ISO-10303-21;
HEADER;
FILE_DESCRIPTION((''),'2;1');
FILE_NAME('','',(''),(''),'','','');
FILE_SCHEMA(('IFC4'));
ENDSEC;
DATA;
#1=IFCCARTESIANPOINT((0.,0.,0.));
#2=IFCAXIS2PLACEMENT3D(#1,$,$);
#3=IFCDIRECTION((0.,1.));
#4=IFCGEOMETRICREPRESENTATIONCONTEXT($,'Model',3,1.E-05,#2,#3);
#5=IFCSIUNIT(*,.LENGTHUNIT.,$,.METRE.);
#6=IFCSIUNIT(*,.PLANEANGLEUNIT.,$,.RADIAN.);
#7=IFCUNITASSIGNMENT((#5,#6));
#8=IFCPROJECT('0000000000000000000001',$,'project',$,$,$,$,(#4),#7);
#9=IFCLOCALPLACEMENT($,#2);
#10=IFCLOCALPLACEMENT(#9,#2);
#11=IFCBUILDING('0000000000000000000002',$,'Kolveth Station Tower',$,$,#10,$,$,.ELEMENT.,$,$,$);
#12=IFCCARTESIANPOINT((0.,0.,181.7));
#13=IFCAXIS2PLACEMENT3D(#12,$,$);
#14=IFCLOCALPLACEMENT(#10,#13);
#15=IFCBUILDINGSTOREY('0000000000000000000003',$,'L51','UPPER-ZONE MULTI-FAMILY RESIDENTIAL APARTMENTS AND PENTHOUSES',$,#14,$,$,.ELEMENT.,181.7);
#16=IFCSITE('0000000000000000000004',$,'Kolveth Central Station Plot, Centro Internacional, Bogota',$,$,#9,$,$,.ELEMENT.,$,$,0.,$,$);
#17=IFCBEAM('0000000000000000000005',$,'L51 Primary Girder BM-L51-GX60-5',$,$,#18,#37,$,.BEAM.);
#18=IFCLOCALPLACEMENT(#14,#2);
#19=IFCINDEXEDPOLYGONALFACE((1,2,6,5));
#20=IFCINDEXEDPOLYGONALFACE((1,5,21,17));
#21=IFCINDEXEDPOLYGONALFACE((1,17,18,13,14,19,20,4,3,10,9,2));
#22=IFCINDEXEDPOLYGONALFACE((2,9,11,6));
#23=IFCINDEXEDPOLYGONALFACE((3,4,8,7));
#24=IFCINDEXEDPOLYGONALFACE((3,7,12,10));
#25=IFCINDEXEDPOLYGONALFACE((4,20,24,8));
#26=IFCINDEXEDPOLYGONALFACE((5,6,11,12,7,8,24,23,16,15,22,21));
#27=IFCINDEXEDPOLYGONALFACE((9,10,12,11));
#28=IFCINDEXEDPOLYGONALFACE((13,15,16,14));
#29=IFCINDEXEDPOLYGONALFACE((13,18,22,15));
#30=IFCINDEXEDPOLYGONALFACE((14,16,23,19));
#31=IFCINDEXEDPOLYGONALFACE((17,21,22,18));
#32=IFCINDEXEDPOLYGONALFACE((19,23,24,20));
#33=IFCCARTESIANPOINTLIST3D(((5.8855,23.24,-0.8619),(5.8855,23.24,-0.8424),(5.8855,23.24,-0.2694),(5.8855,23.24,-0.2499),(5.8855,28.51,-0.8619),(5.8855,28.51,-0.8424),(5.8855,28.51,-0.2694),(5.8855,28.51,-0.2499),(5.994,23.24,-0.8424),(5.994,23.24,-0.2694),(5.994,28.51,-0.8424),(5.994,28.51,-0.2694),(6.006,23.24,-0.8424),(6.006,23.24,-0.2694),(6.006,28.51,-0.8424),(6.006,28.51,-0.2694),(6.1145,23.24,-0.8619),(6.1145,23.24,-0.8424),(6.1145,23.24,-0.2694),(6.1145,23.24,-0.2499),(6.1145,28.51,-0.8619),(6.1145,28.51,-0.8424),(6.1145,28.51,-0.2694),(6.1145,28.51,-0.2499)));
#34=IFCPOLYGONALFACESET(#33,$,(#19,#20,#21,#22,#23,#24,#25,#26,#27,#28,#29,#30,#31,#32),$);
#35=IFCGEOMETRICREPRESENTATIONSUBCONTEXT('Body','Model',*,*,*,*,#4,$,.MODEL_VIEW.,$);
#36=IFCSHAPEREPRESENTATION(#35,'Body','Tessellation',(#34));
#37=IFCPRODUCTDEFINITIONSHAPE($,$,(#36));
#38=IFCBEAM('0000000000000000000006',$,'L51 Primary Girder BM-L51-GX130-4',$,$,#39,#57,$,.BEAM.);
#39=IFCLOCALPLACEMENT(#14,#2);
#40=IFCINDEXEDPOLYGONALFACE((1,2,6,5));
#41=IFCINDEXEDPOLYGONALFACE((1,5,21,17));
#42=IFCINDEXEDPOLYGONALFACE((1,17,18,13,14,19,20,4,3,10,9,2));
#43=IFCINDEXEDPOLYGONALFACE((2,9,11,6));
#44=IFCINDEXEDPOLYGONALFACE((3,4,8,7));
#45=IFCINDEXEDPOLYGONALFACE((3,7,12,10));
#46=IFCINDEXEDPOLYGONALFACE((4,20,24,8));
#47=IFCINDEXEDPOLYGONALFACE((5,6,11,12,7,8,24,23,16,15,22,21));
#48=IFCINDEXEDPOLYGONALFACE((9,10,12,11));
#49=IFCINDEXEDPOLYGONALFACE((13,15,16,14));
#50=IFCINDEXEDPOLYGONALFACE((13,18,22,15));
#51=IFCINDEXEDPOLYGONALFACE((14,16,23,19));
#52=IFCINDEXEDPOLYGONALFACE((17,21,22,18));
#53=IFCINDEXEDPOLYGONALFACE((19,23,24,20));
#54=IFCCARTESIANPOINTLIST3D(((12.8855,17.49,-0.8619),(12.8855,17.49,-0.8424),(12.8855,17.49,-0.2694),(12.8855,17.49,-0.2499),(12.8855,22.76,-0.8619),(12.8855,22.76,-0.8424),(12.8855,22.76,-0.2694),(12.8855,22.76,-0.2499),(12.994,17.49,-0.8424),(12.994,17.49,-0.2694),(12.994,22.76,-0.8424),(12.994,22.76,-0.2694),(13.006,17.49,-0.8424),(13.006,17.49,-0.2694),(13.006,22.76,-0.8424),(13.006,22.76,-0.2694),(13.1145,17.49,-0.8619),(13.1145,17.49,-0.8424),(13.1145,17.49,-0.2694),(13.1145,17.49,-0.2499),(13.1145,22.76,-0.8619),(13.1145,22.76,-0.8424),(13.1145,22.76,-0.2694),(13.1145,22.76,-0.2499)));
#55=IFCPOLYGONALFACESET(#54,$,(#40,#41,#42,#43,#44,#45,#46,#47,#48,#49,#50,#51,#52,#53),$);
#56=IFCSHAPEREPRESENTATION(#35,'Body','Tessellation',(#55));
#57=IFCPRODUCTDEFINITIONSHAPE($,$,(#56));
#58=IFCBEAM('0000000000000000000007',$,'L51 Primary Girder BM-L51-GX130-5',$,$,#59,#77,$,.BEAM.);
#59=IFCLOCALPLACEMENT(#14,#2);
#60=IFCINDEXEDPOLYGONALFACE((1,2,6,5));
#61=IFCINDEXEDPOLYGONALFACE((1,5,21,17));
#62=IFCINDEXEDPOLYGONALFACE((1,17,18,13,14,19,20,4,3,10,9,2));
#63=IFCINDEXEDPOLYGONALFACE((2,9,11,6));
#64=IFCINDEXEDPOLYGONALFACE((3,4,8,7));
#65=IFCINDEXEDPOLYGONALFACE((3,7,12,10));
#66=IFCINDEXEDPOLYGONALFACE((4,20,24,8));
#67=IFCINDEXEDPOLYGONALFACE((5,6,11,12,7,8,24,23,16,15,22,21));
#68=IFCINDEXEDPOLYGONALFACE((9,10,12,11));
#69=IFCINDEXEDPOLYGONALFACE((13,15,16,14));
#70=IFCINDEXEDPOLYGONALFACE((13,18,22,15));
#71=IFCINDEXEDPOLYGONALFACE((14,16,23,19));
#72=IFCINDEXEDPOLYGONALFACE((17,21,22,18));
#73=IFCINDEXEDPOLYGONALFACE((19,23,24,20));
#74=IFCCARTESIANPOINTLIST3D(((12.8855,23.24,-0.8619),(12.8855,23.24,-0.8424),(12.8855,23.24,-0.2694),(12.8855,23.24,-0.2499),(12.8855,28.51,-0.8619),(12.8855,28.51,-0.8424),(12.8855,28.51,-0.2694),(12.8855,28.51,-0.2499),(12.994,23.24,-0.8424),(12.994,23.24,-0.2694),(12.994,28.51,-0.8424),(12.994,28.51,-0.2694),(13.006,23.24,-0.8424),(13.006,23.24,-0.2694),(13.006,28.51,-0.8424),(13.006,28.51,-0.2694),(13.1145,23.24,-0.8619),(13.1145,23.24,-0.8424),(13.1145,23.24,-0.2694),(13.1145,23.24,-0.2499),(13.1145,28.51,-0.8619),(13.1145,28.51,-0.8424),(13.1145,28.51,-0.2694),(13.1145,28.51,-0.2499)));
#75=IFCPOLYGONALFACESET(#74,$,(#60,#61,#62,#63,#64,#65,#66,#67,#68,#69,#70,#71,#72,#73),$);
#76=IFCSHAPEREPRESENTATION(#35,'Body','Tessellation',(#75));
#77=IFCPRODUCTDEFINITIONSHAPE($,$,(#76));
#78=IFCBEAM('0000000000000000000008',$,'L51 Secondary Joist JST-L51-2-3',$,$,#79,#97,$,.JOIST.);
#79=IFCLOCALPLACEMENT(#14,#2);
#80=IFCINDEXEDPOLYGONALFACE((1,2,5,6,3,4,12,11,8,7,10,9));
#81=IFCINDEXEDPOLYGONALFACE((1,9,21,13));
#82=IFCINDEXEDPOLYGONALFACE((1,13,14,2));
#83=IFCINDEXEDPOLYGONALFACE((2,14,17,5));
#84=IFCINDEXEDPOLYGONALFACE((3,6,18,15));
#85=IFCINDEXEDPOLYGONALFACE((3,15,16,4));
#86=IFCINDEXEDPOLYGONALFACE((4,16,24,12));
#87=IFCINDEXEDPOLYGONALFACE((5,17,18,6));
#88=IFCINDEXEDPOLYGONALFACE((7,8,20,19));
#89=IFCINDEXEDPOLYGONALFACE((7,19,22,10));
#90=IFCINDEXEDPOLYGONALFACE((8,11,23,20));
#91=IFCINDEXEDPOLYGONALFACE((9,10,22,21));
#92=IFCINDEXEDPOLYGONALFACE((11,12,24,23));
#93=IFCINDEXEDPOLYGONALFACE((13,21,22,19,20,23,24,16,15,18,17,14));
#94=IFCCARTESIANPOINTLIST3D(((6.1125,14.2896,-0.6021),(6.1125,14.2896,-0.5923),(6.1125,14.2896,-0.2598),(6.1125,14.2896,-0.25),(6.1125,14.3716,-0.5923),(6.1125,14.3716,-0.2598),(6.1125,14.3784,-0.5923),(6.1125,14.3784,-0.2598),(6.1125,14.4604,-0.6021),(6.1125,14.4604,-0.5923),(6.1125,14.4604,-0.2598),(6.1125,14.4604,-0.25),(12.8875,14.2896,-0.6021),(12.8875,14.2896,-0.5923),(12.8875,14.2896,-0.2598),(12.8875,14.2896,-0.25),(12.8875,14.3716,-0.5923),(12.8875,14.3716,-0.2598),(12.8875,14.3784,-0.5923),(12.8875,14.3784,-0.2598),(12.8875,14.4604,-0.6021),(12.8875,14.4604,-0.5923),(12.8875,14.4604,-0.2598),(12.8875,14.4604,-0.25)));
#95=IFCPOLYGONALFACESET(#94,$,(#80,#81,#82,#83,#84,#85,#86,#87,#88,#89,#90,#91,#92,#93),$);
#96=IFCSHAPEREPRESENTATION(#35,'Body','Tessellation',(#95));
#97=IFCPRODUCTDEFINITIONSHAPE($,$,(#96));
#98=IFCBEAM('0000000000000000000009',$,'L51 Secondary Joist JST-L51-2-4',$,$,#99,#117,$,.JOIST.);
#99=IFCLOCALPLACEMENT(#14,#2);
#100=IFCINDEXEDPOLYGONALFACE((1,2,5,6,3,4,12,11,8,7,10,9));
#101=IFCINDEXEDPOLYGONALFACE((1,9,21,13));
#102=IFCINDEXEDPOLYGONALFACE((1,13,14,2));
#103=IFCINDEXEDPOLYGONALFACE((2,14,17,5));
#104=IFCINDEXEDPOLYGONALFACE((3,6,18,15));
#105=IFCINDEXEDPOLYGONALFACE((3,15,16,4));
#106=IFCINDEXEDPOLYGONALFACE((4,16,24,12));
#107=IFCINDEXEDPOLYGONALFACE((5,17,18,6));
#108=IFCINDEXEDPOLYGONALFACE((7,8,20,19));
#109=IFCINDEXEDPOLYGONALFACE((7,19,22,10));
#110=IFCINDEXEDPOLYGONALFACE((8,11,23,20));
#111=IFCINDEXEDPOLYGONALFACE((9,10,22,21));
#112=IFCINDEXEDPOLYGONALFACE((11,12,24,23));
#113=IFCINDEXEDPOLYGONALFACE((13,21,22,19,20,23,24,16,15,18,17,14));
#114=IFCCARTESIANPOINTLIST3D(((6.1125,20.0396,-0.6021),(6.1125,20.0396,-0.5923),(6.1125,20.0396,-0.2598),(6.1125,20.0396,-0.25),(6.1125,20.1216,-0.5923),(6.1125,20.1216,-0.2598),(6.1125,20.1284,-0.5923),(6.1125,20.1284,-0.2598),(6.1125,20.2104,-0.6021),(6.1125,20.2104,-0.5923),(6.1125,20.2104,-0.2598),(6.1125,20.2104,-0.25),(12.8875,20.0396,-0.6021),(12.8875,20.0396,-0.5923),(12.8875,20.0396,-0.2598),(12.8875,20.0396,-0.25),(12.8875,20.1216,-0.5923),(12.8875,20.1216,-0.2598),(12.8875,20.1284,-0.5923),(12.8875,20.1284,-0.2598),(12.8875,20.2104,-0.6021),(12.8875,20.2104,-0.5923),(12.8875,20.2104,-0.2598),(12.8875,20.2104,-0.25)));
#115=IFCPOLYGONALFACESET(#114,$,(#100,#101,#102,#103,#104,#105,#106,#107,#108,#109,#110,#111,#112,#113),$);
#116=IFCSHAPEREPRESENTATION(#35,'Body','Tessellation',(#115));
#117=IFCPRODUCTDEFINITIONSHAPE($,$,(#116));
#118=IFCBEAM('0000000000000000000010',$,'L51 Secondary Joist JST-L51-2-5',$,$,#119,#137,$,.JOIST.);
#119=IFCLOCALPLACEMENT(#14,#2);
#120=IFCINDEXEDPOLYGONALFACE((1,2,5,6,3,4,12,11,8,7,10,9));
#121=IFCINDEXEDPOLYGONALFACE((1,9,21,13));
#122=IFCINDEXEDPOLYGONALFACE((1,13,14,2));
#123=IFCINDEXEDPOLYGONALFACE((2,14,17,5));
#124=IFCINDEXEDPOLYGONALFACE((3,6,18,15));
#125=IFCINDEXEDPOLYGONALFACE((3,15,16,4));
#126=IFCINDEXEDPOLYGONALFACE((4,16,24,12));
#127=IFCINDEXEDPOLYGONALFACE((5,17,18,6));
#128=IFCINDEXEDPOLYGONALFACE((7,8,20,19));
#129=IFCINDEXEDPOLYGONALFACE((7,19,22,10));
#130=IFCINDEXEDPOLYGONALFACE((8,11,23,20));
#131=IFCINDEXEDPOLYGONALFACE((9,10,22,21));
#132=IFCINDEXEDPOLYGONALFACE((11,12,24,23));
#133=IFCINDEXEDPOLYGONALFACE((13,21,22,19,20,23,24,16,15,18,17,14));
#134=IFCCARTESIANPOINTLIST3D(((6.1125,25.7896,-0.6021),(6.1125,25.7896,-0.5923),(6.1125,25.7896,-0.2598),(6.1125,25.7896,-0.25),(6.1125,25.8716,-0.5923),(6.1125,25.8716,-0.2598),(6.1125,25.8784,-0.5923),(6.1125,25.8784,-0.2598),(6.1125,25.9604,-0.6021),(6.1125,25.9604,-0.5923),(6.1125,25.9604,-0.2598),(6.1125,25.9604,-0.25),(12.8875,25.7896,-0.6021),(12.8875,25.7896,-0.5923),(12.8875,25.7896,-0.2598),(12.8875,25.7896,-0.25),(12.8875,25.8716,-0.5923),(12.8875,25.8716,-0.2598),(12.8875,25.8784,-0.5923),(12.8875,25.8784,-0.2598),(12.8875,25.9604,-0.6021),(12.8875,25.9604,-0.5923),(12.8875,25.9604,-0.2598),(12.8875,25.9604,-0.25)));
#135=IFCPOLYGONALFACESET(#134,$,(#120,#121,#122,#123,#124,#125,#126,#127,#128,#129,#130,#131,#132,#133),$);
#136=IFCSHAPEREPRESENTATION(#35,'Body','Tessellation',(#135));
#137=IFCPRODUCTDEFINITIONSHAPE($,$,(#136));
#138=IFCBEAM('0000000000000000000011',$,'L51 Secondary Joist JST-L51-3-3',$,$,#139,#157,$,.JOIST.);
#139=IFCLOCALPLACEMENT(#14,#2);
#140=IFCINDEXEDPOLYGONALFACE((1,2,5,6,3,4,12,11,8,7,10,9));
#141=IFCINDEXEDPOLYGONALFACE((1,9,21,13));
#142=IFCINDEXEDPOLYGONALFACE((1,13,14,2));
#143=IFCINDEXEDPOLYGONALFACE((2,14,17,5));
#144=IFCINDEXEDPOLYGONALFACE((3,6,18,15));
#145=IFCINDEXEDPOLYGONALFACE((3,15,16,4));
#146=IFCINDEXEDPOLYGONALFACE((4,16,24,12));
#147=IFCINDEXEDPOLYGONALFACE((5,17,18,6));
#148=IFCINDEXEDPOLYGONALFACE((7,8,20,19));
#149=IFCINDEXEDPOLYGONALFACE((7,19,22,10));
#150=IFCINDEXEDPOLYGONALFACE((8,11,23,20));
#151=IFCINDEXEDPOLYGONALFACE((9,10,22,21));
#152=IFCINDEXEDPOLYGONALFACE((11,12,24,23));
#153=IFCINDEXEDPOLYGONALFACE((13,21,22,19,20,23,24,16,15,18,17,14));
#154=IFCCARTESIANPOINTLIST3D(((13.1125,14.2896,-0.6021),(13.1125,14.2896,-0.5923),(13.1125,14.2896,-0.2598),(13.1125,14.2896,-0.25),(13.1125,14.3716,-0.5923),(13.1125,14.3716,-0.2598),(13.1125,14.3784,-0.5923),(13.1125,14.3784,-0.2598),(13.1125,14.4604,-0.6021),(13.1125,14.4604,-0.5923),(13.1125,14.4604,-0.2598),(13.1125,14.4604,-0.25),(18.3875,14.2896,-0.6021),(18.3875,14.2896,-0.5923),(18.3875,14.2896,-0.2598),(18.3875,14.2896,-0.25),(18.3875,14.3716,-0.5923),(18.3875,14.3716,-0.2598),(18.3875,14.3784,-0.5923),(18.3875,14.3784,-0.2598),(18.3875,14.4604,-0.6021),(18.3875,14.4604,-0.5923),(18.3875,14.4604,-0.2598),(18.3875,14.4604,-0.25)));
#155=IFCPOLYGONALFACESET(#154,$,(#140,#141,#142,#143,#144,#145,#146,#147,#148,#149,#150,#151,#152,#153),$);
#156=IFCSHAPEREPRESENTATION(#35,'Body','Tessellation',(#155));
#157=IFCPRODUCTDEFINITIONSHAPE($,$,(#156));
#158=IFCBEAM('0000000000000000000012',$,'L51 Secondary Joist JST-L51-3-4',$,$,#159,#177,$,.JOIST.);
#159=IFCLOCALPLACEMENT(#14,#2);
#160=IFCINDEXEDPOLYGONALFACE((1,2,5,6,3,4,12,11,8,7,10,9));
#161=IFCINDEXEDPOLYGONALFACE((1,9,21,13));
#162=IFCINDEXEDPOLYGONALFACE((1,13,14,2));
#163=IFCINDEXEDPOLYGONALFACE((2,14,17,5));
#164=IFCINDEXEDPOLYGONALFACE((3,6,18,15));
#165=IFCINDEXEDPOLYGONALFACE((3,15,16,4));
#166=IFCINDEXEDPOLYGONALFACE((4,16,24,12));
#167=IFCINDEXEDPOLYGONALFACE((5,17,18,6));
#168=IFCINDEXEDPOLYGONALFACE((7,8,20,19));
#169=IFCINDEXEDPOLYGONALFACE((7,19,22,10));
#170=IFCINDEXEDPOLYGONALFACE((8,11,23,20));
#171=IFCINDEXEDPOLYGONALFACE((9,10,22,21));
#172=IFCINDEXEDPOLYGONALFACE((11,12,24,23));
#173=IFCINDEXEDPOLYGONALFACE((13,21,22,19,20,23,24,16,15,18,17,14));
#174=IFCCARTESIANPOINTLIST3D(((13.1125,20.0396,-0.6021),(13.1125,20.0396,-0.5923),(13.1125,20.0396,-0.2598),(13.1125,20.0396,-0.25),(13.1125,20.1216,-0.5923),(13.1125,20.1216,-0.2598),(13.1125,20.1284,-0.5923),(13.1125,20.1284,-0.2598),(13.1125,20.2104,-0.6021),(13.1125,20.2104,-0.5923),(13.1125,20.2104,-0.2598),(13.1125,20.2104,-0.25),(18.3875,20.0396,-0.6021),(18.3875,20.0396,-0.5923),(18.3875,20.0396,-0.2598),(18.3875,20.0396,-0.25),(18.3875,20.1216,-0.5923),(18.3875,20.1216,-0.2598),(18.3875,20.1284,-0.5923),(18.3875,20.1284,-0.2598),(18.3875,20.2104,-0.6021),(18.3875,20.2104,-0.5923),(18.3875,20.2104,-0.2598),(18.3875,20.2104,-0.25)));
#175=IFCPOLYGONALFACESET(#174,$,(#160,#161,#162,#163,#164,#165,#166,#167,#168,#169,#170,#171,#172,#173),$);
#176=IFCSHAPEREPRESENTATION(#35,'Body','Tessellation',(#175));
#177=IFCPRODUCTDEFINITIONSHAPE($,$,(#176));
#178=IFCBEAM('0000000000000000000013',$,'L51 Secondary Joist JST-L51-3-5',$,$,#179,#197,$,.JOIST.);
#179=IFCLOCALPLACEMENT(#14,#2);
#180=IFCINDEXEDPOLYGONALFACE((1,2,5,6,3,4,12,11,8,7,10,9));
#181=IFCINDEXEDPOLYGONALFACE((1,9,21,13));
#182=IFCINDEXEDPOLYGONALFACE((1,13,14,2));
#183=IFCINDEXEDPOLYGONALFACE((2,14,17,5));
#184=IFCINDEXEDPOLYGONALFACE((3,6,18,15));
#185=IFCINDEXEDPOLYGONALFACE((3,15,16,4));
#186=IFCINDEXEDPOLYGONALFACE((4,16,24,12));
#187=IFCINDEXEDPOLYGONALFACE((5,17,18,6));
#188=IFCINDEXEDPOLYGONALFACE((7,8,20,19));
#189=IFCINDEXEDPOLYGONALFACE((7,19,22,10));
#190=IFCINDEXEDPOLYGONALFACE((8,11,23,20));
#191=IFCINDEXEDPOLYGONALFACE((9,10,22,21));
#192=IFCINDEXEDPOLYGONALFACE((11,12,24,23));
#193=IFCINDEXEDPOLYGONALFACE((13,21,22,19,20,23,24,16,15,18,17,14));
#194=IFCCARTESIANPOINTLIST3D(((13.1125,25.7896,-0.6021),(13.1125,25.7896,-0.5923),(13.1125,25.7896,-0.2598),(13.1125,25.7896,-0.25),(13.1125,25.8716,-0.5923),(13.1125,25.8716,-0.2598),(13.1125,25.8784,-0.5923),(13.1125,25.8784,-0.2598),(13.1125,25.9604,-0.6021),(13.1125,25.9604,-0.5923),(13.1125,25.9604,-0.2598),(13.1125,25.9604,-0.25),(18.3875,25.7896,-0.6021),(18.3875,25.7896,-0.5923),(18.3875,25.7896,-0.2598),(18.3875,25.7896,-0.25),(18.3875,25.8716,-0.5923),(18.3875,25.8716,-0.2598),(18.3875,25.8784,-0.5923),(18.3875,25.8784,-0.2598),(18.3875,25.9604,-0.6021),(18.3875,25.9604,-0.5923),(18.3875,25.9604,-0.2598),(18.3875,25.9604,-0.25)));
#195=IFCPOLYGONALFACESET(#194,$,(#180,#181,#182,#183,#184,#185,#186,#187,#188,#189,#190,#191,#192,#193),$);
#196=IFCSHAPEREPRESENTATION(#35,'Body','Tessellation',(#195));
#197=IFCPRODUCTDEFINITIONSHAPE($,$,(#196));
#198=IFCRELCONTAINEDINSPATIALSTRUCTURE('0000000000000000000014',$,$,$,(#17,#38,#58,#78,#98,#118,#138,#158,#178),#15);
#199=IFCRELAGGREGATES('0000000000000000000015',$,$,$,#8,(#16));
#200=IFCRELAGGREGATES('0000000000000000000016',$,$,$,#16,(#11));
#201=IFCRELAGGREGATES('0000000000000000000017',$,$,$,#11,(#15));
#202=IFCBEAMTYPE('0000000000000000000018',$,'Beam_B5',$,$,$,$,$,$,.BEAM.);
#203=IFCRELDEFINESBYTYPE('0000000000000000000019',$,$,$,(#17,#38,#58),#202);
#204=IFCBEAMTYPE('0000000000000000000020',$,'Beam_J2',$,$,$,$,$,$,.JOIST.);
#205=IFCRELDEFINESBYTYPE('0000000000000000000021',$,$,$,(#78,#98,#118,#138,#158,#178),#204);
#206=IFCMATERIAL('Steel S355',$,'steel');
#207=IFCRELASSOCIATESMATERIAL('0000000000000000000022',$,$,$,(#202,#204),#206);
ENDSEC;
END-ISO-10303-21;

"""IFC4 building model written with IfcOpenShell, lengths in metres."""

from ifc_helpers import new_model, si_unit, direction, frame, origin, origin_2d, place, context, subcontext, project, spatial, i_section, extrude, source, transform, mapped, material, material_profile, profile_set, type_object, element, save


model = new_model("IFC4")

# Units and contexts
model_context = context("Model", 3, precision=1e-05, world=origin(), true_north=direction((0.0, 1.0)))
body_context = subcontext(model_context, "Body", "Model", "MODEL_VIEW")
ifc_project = project(units=[si_unit("LENGTHUNIT", "METRE"), si_unit("PLANEANGLEUNIT", "RADIAN")], contexts=[model_context])

# Site, building, storey
site_placement = place(None, origin())
site = spatial("IfcSite", under=ifc_project, at=site_placement, Name="Kolveth Central Station Plot, Centro Internacional, Bogota", CompositionType="ELEMENT", RefElevation=0.0)
building_placement = place(site_placement, origin())
building = spatial("IfcBuilding", under=site, at=building_placement, Name="Kolveth Station Tower", CompositionType="ELEMENT")
storey_placement = place(building_placement, frame((0.0, 0.0, 181.7)))
storey = spatial("IfcBuildingStorey", under=building, at=storey_placement, Name="L51", Description="UPPER-ZONE MULTI-FAMILY RESIDENTIAL APARTMENTS AND PENTHOUSES", CompositionType="ELEMENT", Elevation=181.7)

# Shared definitions
ifc_material_1 = material(Name="Steel S355", Category="steel")

# Beams
ifc_material_profile_1 = material_profile(ifc_material_1, i_section(OverallWidth=0.229, OverallDepth=0.6121, WebThickness=0.012, FlangeThickness=0.0195, at=origin_2d()), Name="W610x125")
ifc_profile_set_1 = profile_set([ifc_material_profile_1], Name="Steel S355")
beam_type_1 = type_object("IfcBeamType", Name="Beam_B5", PredefinedType="BEAM", material=ifc_profile_set_1)
shared_shape_1 = source(origin(), body_context, "Body", "SweptSolid", [
    extrude(i_section(OverallWidth=0.229, OverallDepth=0.6121, WebThickness=0.012, FlangeThickness=0.0195, at=origin_2d()), origin(), (0.0, 0.0, 1.0), 5.27),
])
for number, where, z_axis, x_axis, name in (
    (1, (6.0, 23.24, -0.5559), (0.0, 1.0, 0.0), (-1.0, 0.0, 0.0), "L51 Primary Girder BM-L51-GX60-5"),
    (2, (13.0, 17.49, -0.5559), (0.0, 1.0, 0.0), (-1.0, 0.0, 0.0), "L51 Primary Girder BM-L51-GX130-4"),
    (3, (13.0, 23.24, -0.5559), (0.0, 1.0, 0.0), (-1.0, 0.0, 0.0), "L51 Primary Girder BM-L51-GX130-5"),
):
    element("IfcBeam", number, at=place(storey_placement, frame(where, z_axis=z_axis, x_axis=x_axis)), inside=storey, type_object=beam_type_1, Name=name, PredefinedType="BEAM", context=body_context, shape_type="MappedRepresentation", body=[
        mapped(shared_shape_1, transform((0.0, 0.0, 0.0), x_axis=(1.0, 0.0, 0.0), y_axis=(0.0, 1.0, 0.0), z_axis=(0.0, 0.0, 1.0), scale=1.0)),
    ])
ifc_material_profile_2 = material_profile(ifc_material_1, i_section(OverallWidth=0.1709, OverallDepth=0.3521, WebThickness=0.0068, FlangeThickness=0.0098, at=origin_2d()), Name="W360x44")
ifc_profile_set_2 = profile_set([ifc_material_profile_2], Name="Steel S355")
beam_type_2 = type_object("IfcBeamType", Name="Beam_J2", PredefinedType="JOIST", material=ifc_profile_set_2)
shared_shape_2 = source(origin(), body_context, "Body", "SweptSolid", [
    extrude(i_section(OverallWidth=0.1709, OverallDepth=0.3521, WebThickness=0.0068, FlangeThickness=0.0098, at=origin_2d()), origin(), (0.0, 0.0, 1.0), 6.7749),
])
for number, where, z_axis, x_axis, name in (
    (4, (6.1125, 14.375, -0.426), (1.0, 0.0, 0.0), (0.0, 1.0, 0.0), "L51 Secondary Joist JST-L51-2-3"),
    (5, (6.1125, 20.125, -0.426), (1.0, 0.0, 0.0), (0.0, 1.0, 0.0), "L51 Secondary Joist JST-L51-2-4"),
    (6, (6.1125, 25.875, -0.426), (1.0, 0.0, 0.0), (0.0, 1.0, 0.0), "L51 Secondary Joist JST-L51-2-5"),
):
    element("IfcBeam", number, at=place(storey_placement, frame(where, z_axis=z_axis, x_axis=x_axis)), inside=storey, type_object=beam_type_2, Name=name, PredefinedType="JOIST", context=body_context, shape_type="MappedRepresentation", body=[
        mapped(shared_shape_2, transform((0.0, 0.0, 0.0), x_axis=(1.0, 0.0, 0.0), y_axis=(0.0, 1.0, 0.0), z_axis=(0.0, 0.0, 1.0), scale=1.0)),
    ])
shared_shape_3 = source(origin(), body_context, "Body", "SweptSolid", [
    extrude(i_section(OverallWidth=0.1709, OverallDepth=0.3521, WebThickness=0.0068, FlangeThickness=0.0098, at=origin_2d()), origin(), (0.0, 0.0, 1.0), 5.2749),
])
for number, where, z_axis, x_axis, name in (
    (7, (13.1125, 14.375, -0.426), (1.0, 0.0, 0.0), (0.0, 1.0, 0.0), "L51 Secondary Joist JST-L51-3-3"),
    (8, (13.1125, 20.125, -0.426), (1.0, 0.0, 0.0), (0.0, 1.0, 0.0), "L51 Secondary Joist JST-L51-3-4"),
    (9, (13.1125, 25.875, -0.426), (1.0, 0.0, 0.0), (0.0, 1.0, 0.0), "L51 Secondary Joist JST-L51-3-5"),
):
    element("IfcBeam", number, at=place(storey_placement, frame(where, z_axis=z_axis, x_axis=x_axis)), inside=storey, type_object=beam_type_2, Name=name, PredefinedType="JOIST", context=body_context, shape_type="MappedRepresentation", body=[
        mapped(shared_shape_3, transform((0.0, 0.0, 0.0), x_axis=(1.0, 0.0, 0.0), y_axis=(0.0, 1.0, 0.0), z_axis=(0.0, 0.0, 1.0), scale=1.0)),
    ])

save(model, "model.ifc")
